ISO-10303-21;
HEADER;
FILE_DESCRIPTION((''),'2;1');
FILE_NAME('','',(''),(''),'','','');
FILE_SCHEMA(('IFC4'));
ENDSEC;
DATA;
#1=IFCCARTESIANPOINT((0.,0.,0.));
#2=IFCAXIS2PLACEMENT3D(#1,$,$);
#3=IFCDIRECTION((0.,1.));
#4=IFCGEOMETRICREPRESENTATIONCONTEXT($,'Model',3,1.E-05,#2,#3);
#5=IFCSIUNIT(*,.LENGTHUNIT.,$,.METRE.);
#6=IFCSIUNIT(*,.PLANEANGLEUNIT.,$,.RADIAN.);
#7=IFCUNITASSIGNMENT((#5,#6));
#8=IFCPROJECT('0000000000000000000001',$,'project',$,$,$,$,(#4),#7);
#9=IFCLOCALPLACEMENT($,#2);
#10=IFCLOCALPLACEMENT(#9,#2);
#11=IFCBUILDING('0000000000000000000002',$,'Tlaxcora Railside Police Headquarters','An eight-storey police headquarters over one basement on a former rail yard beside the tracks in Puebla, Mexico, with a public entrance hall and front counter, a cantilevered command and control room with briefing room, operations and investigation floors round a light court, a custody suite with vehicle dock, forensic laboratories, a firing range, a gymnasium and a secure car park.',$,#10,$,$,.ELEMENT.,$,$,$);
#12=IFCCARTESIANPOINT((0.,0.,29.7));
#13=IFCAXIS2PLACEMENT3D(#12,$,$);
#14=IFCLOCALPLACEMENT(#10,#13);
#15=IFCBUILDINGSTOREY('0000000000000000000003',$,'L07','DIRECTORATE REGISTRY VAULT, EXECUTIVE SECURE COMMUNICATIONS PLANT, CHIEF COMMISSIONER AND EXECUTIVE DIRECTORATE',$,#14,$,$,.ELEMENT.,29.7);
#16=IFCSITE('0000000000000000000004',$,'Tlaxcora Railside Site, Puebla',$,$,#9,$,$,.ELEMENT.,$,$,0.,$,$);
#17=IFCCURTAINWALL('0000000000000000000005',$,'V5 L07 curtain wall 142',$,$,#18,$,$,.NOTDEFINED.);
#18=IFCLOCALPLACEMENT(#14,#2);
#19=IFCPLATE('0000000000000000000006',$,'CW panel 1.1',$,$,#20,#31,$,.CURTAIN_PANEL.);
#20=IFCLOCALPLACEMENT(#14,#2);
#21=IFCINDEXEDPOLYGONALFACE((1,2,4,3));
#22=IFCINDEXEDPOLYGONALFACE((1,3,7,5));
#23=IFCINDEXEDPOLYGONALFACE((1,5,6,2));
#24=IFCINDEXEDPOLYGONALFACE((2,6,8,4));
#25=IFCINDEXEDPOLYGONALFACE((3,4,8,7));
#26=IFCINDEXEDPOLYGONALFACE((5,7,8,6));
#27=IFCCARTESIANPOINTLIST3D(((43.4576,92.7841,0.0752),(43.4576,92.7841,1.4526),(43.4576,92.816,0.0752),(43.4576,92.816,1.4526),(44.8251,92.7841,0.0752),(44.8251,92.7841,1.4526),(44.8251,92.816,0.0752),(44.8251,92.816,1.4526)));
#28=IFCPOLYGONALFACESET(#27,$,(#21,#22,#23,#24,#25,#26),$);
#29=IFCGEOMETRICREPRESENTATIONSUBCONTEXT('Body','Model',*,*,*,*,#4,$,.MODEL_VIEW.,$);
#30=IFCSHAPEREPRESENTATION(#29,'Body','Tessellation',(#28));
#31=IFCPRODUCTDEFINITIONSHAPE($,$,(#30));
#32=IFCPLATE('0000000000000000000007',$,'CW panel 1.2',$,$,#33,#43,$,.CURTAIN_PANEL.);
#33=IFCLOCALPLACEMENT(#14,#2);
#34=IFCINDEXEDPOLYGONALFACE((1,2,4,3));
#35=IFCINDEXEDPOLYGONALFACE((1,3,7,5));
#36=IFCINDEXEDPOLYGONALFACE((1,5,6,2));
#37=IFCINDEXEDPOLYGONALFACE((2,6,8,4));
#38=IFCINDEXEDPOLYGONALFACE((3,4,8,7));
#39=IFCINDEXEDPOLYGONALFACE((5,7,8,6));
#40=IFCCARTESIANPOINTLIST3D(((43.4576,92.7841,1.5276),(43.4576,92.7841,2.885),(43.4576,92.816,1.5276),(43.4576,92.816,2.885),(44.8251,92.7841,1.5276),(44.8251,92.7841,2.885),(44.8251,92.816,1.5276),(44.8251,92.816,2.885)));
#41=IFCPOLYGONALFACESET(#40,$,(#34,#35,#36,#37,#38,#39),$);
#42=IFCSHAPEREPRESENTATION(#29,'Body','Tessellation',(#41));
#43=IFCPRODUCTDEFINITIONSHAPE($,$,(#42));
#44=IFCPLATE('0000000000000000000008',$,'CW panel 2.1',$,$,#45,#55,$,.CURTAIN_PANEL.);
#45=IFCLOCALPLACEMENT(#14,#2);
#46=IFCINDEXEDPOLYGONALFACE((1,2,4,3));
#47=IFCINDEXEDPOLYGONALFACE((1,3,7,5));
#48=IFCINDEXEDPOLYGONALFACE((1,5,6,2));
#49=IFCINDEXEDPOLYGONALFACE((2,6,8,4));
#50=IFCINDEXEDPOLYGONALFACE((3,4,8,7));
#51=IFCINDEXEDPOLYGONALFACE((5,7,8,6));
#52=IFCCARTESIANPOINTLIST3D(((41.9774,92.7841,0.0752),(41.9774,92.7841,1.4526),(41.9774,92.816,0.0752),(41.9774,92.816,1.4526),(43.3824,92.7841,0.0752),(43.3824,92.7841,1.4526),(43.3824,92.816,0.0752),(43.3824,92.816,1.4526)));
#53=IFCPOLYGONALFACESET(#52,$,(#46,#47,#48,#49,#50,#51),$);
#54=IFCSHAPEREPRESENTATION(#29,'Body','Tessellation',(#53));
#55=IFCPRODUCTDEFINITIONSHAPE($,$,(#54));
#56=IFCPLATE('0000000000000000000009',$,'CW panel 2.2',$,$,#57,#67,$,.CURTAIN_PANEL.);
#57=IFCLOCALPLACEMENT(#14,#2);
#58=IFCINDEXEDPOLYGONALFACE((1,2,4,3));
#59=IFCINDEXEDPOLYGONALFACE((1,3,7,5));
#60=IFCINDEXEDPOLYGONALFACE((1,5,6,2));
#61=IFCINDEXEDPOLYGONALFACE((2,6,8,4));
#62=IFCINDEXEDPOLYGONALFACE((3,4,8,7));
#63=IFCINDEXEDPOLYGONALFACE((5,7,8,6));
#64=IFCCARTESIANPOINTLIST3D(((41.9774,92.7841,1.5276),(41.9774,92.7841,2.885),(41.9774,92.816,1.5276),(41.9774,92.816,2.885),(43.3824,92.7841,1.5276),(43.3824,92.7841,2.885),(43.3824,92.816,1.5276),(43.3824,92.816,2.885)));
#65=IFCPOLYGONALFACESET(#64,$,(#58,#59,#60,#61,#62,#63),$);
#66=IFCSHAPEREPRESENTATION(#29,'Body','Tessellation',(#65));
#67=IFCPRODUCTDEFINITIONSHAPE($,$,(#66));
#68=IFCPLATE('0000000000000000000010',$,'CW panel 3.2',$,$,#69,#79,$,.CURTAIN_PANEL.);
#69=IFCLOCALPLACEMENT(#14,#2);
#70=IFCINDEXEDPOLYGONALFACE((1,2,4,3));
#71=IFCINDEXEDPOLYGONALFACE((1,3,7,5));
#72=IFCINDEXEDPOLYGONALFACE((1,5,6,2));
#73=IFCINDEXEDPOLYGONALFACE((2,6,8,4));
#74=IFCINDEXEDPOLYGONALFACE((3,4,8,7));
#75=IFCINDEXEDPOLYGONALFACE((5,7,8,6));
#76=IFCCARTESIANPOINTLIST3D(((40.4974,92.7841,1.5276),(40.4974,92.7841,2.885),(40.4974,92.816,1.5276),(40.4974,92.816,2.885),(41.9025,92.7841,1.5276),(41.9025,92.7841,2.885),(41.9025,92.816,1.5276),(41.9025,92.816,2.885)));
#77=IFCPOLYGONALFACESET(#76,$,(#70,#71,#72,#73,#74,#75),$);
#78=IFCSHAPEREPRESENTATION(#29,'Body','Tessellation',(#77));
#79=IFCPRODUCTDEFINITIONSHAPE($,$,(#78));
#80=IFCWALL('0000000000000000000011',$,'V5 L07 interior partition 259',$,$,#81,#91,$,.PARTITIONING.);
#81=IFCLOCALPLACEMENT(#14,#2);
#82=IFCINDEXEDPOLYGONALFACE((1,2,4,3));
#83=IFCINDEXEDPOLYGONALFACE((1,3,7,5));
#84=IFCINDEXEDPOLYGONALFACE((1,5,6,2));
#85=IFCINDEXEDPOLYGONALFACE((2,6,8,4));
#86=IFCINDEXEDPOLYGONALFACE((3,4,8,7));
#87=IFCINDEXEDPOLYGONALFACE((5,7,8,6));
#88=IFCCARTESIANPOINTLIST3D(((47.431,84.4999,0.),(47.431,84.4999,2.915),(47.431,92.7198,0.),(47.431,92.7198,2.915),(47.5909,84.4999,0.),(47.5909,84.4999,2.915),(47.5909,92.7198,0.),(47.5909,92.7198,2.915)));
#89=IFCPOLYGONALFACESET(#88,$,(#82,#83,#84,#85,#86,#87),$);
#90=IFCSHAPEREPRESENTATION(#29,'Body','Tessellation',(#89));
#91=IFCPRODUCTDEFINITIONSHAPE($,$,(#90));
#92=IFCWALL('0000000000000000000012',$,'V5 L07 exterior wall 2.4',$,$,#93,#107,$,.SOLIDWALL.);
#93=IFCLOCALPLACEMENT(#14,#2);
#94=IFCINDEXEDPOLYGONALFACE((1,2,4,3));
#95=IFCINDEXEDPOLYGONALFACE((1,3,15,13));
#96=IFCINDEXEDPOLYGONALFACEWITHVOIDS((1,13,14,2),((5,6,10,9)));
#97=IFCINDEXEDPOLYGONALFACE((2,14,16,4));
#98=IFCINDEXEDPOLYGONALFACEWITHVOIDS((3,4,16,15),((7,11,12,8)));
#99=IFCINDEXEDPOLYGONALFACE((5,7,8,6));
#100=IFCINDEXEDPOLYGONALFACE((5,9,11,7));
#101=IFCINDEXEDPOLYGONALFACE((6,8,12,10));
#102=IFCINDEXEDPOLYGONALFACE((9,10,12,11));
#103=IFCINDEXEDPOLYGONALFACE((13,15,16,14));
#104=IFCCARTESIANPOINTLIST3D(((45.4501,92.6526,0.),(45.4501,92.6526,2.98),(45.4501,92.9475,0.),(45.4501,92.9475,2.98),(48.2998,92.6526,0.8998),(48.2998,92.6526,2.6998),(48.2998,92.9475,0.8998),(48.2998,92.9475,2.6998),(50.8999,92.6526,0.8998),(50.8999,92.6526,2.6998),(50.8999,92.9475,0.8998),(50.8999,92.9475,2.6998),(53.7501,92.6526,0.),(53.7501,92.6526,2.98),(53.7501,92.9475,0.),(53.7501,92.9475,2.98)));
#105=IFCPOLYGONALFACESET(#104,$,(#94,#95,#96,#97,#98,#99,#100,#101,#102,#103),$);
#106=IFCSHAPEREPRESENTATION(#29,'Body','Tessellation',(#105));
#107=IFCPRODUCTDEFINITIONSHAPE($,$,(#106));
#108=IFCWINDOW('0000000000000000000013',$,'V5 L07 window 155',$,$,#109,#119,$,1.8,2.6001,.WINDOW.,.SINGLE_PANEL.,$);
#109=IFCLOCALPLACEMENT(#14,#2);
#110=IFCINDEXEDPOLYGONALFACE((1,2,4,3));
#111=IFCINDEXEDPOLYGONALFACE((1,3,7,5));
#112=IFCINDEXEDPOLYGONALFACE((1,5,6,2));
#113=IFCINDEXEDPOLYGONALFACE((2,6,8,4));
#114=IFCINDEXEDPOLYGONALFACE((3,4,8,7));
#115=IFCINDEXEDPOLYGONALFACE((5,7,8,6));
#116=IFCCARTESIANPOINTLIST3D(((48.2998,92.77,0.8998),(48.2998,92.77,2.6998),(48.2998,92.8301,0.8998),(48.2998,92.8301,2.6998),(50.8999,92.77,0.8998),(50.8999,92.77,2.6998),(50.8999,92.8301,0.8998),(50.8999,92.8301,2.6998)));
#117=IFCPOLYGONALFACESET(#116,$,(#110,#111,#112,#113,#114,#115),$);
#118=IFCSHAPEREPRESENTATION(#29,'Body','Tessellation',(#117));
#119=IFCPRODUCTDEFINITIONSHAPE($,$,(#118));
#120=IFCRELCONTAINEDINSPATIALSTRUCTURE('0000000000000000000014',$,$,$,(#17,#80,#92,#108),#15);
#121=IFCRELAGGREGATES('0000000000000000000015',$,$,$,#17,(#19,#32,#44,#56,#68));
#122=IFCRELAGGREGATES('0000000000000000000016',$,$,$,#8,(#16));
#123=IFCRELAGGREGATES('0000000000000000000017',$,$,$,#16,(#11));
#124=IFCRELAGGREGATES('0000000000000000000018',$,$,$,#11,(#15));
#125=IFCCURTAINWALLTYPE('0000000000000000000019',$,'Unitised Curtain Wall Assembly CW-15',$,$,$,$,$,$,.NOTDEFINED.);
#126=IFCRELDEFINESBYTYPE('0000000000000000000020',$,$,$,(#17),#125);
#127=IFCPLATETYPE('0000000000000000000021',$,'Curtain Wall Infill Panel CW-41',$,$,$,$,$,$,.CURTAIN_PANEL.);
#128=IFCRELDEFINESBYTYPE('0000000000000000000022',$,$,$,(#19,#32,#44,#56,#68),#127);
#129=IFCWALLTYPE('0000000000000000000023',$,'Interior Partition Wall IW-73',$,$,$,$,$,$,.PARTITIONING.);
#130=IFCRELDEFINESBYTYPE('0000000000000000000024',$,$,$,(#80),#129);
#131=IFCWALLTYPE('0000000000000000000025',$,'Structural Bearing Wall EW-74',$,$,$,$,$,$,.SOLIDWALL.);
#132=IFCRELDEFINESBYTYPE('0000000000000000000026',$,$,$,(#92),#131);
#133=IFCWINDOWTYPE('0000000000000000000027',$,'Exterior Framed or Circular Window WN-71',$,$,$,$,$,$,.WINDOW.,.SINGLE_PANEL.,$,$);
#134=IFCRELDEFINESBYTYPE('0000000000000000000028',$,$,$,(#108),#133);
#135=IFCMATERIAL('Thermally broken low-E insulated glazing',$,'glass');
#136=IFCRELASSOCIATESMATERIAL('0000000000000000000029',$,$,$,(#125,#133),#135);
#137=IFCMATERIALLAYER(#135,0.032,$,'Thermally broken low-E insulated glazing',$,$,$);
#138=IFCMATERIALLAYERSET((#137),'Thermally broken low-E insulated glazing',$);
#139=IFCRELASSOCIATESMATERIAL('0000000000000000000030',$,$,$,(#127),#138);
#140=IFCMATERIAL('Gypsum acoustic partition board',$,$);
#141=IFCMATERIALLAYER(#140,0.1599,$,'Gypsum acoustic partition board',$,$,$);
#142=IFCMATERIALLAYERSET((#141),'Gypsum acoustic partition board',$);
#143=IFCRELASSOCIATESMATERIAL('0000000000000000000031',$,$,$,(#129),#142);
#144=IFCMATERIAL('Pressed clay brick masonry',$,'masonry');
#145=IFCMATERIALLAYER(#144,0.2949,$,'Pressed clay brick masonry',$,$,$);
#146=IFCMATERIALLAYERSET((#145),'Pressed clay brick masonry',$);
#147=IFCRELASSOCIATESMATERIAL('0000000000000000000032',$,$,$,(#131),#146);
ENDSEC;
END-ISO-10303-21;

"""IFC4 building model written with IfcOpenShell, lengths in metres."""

from ifc_helpers import new_model, si_unit, direction, frame, frame_2d, origin, origin_2d, place, context, subcontext, project, spatial, rectangle, extrude, material, layer, layer_set, type_object, element, fill, aggregate, save


model = new_model("IFC4")

# Units and contexts
model_context = context("Model", 3, precision=1e-05, world=origin(), true_north=direction((0.0, 1.0)))
body_context = subcontext(model_context, "Body", "Model", "MODEL_VIEW")
ifc_project = project(units=[si_unit("LENGTHUNIT", "METRE"), si_unit("PLANEANGLEUNIT", "RADIAN")], contexts=[model_context])

# Site, building, storey
site_placement = place(None, origin())
site = spatial("IfcSite", under=ifc_project, at=site_placement, Name="Tlaxcora Railside Site, Puebla", CompositionType="ELEMENT", RefElevation=0.0)
building_placement = place(site_placement, origin())
building = spatial("IfcBuilding", under=site, at=building_placement, Name="Tlaxcora Railside Police Headquarters", Description="An eight-storey police headquarters over one basement on a former rail yard beside the tracks in Puebla, Mexico, with a public entrance hall and front counter, a cantilevered command and control room with briefing room, operations and investigation floors round a light court, a custody suite with vehicle dock, forensic laboratories, a firing range, a gymnasium and a secure car park.", CompositionType="ELEMENT")
storey_placement = place(building_placement, frame((0.0, 0.0, 29.7)))
storey = spatial("IfcBuildingStorey", under=building, at=storey_placement, Name="L07", Description="DIRECTORATE REGISTRY VAULT, EXECUTIVE SECURE COMMUNICATIONS PLANT, CHIEF COMMISSIONER AND EXECUTIVE DIRECTORATE", CompositionType="ELEMENT", Elevation=29.7)

# Curtain wall
ifc_material_1 = material(Name="Thermally broken low-E insulated glazing", Category="glass")
curtain_wall_type = type_object("IfcCurtainWallType", Name="Unitised Curtain Wall Assembly CW-15", PredefinedType="NOTDEFINED", material=ifc_material_1)
curtain_wall_placement = place(storey_placement, origin())
curtain_wall = element("IfcCurtainWall", 1, at=curtain_wall_placement, inside=storey, type_object=curtain_wall_type, Name="V5 L07 curtain wall 142", PredefinedType="NOTDEFINED")

# Plates
ifc_layer_1 = layer(ifc_material_1, 0.032, Name="Thermally broken low-E insulated glazing")
ifc_layer_set_1 = layer_set([ifc_layer_1], Name="Thermally broken low-E insulated glazing")
plate_type = type_object("IfcPlateType", Name="Curtain Wall Infill Panel CW-41", PredefinedType="CURTAIN_PANEL", material=ifc_layer_set_1)
plate_1_placement = place(storey_placement, frame((44.1414, 92.8, 0.0752), z_axis=(0.0, 0.0, 1.0), x_axis=(-1.0, 0.0, 0.0)))
plate_1 = element("IfcPlate", 2, at=plate_1_placement, type_object=plate_type, Name="CW panel 1.1", PredefinedType="CURTAIN_PANEL", context=body_context, shape_type="SweptSolid", body=[
    extrude(rectangle(XDim=1.3674, YDim=0.032, at=origin_2d()), origin(), (0.0, 0.0, 1.0), 1.3774),
])
plate_2_placement = place(storey_placement, frame((44.1414, 92.8, 1.5276), z_axis=(0.0, 0.0, 1.0), x_axis=(-1.0, 0.0, 0.0)))
plate_2 = element("IfcPlate", 3, at=plate_2_placement, type_object=plate_type, Name="CW panel 1.2", PredefinedType="CURTAIN_PANEL", context=body_context, shape_type="SweptSolid", body=[
    extrude(rectangle(XDim=1.3674, YDim=0.032, at=origin_2d()), origin(), (0.0, 0.0, 1.0), 1.3574),
])
plate_3_placement = place(storey_placement, frame((42.6799, 92.8, 0.0752), z_axis=(0.0, 0.0, 1.0), x_axis=(-1.0, 0.0, 0.0)))
plate_3 = element("IfcPlate", 4, at=plate_3_placement, type_object=plate_type, Name="CW panel 2.1", PredefinedType="CURTAIN_PANEL", context=body_context, shape_type="SweptSolid", body=[
    extrude(rectangle(XDim=1.405, YDim=0.032, at=origin_2d()), origin(), (0.0, 0.0, 1.0), 1.3774),
])
plate_4_placement = place(storey_placement, frame((42.6799, 92.8, 1.5276), z_axis=(0.0, 0.0, 1.0), x_axis=(-1.0, 0.0, 0.0)))
plate_4 = element("IfcPlate", 5, at=plate_4_placement, type_object=plate_type, Name="CW panel 2.2", PredefinedType="CURTAIN_PANEL", context=body_context, shape_type="SweptSolid", body=[
    extrude(rectangle(XDim=1.405, YDim=0.032, at=origin_2d()), origin(), (0.0, 0.0, 1.0), 1.3574),
])
plate_5_placement = place(storey_placement, frame((41.2, 92.8, 1.5276), z_axis=(0.0, 0.0, 1.0), x_axis=(-1.0, 0.0, 0.0)))
plate_5 = element("IfcPlate", 6, at=plate_5_placement, type_object=plate_type, Name="CW panel 3.2", PredefinedType="CURTAIN_PANEL", context=body_context, shape_type="SweptSolid", body=[
    extrude(rectangle(XDim=1.405, YDim=0.032, at=origin_2d()), origin(), (0.0, 0.0, 1.0), 1.3574),
])
aggregate(curtain_wall, [plate_1, plate_2, plate_3, plate_4, plate_5])

# Wall
ifc_material_2 = material(Name="Gypsum acoustic partition board")
ifc_layer_2 = layer(ifc_material_2, 0.1599, Name="Gypsum acoustic partition board")
ifc_layer_set_2 = layer_set([ifc_layer_2], Name="Gypsum acoustic partition board")
wall_type_1 = type_object("IfcWallType", Name="Interior Partition Wall IW-73", PredefinedType="PARTITIONING", material=ifc_layer_set_2)
wall_1_placement = place(storey_placement, frame((47.511, 84.5, 0.0), z_axis=(0.0, 0.0, 1.0), x_axis=(0.0, 1.0, 0.0)))
element("IfcWall", 7, at=wall_1_placement, inside=storey, type_object=wall_type_1, Name="V5 L07 interior partition 259", PredefinedType="PARTITIONING", context=body_context, shape_type="SweptSolid", body=[
    extrude(rectangle(XDim=8.22, YDim=0.1599, at=frame_2d((4.1099, 0.0))), origin(), (0.0, 0.0, 1.0), 2.915),
])

# Wall, opening, window
ifc_material_3 = material(Name="Pressed clay brick masonry", Category="masonry")
ifc_layer_3 = layer(ifc_material_3, 0.2949, Name="Pressed clay brick masonry")
ifc_layer_set_3 = layer_set([ifc_layer_3], Name="Pressed clay brick masonry")
wall_type_2 = type_object("IfcWallType", Name="Structural Bearing Wall EW-74", PredefinedType="SOLIDWALL", material=ifc_layer_set_3)
wall_2_placement = place(storey_placement, frame((53.75, 92.8, 0.0), z_axis=(0.0, 0.0, 1.0), x_axis=(-1.0, 0.0, 0.0)))
wall_2 = element("IfcWall", 8, at=wall_2_placement, inside=storey, type_object=wall_type_2, Name="V5 L07 exterior wall 2.4", PredefinedType="SOLIDWALL", context=body_context, shape_type="SweptSolid", body=[
    extrude(rectangle(XDim=8.3, YDim=0.2949, at=frame_2d((4.1499, 0.0))), origin(), (0.0, 0.0, 1.0), 2.98),
])
opening_placement = place(wall_2_placement, frame((2.8501, 0.0, 0.8999)))
opening = element("IfcOpeningElement", 9, at=opening_placement, cuts=wall_2, PredefinedType="OPENING", context=body_context, shape_type="SweptSolid", body=[
    extrude(rectangle(XDim=2.6001, YDim=1.8, at=frame_2d((1.3, 0.8999))), frame((0.0, 0.1575, 0.0), z_axis=(0.0, -1.0, 0.0), x_axis=(1.0, 0.0, 0.0)), (0.0, 0.0, 1.0), 0.3149),
])
window_type = type_object("IfcWindowType", Name="Exterior Framed or Circular Window WN-71", PartitioningType="SINGLE_PANEL", PredefinedType="WINDOW", material=ifc_material_1)
window_placement = place(opening_placement, origin())
window = element("IfcWindow", 10, at=window_placement, inside=storey, type_object=window_type, Name="V5 L07 window 155", OverallHeight=1.8, OverallWidth=2.6001, PartitioningType="SINGLE_PANEL", PredefinedType="WINDOW", context=body_context, shape_type="SweptSolid", body=[
    extrude(rectangle(XDim=2.6001, YDim=1.8, at=frame_2d((1.3, 0.8999))), frame((0.0, 0.03, 0.0), z_axis=(0.0, -1.0, 0.0), x_axis=(1.0, 0.0, 0.0)), (0.0, 0.0, 1.0), 0.0601),
])
fill(opening, window)

save(model, "model.ifc")
